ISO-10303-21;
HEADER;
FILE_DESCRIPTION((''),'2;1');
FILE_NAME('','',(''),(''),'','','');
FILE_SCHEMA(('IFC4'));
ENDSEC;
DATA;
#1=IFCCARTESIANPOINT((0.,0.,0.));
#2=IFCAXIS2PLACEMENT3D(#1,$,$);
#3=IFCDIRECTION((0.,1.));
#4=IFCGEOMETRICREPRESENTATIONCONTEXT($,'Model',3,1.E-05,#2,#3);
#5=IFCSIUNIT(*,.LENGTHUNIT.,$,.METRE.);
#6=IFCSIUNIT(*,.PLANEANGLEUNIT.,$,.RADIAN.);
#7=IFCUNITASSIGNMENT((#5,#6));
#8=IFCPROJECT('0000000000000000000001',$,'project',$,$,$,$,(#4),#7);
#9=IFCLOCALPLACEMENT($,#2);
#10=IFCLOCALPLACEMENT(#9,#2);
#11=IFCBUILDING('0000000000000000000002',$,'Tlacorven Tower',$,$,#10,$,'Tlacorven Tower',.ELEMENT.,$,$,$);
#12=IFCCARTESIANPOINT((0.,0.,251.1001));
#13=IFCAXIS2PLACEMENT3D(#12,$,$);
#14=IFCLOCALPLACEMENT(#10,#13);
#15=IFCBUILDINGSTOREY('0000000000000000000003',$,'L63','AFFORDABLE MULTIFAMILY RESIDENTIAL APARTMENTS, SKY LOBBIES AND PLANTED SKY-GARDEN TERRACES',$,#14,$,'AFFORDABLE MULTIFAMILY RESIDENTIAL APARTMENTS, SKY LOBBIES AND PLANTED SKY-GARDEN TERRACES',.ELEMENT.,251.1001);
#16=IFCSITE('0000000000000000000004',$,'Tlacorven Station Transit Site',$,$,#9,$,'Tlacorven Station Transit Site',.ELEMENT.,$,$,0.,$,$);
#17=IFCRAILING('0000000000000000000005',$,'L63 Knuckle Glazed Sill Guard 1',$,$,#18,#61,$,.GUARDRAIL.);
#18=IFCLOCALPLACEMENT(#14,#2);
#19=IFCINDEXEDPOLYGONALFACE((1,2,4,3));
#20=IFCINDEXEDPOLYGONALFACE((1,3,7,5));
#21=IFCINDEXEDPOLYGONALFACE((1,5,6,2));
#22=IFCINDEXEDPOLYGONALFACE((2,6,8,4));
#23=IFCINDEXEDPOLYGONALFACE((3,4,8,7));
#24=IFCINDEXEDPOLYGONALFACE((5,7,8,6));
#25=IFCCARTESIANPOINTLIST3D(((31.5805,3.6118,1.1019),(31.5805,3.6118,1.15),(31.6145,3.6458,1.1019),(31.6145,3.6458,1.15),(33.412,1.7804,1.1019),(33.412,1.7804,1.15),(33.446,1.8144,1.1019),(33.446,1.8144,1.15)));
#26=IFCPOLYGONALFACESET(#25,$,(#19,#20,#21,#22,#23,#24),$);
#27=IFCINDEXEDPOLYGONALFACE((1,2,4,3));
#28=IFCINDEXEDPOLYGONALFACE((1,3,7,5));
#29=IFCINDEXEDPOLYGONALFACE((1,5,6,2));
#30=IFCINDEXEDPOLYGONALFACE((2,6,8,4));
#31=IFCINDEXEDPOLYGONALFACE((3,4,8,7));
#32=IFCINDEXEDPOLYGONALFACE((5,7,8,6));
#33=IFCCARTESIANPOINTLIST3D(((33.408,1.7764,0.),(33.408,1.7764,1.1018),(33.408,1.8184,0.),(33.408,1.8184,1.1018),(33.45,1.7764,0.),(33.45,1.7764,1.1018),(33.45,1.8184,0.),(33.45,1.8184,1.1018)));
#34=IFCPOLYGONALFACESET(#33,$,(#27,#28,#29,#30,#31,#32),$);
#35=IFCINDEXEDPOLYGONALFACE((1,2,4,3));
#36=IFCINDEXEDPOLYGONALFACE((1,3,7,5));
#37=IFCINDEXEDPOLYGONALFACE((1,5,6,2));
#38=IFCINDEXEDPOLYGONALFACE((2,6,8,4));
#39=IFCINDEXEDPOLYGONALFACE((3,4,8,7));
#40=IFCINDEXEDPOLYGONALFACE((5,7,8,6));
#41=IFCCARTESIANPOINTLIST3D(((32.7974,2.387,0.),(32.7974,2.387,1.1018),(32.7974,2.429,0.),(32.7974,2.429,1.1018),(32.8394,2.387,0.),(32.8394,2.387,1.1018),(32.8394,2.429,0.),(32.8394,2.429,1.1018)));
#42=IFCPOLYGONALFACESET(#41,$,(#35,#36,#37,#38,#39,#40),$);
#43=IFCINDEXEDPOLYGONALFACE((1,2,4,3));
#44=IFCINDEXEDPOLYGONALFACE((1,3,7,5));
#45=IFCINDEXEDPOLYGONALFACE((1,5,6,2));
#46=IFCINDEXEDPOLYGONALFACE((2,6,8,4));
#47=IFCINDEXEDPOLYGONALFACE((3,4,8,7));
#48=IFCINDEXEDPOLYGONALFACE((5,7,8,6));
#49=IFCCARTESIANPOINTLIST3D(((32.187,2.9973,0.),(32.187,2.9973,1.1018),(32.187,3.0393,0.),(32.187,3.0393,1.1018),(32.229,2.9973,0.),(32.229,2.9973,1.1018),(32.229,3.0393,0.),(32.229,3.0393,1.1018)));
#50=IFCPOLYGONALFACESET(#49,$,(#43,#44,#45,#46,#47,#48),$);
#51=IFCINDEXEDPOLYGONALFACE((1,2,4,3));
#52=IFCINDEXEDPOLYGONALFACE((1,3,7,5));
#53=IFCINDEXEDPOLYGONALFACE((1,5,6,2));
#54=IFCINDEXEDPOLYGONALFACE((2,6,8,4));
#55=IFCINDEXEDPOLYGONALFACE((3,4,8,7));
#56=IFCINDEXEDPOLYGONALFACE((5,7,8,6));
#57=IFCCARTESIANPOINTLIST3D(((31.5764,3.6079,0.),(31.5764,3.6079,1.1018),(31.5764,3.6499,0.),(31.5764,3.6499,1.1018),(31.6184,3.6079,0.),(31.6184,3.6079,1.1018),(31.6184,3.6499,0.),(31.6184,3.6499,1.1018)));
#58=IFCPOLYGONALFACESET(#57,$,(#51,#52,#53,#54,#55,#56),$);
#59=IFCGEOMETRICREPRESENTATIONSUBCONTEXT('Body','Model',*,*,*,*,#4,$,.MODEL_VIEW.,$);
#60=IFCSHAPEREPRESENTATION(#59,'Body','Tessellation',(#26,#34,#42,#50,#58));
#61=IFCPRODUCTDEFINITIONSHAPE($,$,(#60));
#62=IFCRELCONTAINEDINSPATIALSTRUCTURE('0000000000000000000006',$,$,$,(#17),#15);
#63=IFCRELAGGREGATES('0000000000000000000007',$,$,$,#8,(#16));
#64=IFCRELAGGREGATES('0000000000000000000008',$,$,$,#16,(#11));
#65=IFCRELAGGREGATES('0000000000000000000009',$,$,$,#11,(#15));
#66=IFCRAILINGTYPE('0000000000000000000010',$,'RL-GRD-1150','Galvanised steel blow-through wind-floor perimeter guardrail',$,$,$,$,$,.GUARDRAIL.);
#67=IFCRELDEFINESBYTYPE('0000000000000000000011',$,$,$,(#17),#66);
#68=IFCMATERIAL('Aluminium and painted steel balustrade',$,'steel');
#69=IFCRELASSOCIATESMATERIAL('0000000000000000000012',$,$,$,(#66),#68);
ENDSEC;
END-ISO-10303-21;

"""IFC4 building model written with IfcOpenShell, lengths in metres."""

from ifc_helpers import new_model, si_unit, direction, frame, origin, origin_2d, place, context, subcontext, project, spatial, rectangle, extrude, source, transform, mapped, material, type_object, element, save


model = new_model("IFC4")

# Units and contexts
model_context = context("Model", 3, precision=1e-05, world=origin(), true_north=direction((0.0, 1.0)))
body_context = subcontext(model_context, "Body", "Model", "MODEL_VIEW")
ifc_project = project(units=[si_unit("LENGTHUNIT", "METRE"), si_unit("PLANEANGLEUNIT", "RADIAN")], contexts=[model_context])

# Site, building, storey
site_placement = place(None, origin())
site = spatial("IfcSite", under=ifc_project, at=site_placement, Name="Tlacorven Station Transit Site", LongName="Tlacorven Station Transit Site", CompositionType="ELEMENT", RefElevation=0.0)
building_placement = place(site_placement, origin())
building = spatial("IfcBuilding", under=site, at=building_placement, Name="Tlacorven Tower", LongName="Tlacorven Tower", CompositionType="ELEMENT")
storey_placement = place(building_placement, frame((0.0, 0.0, 251.1001)))
storey = spatial("IfcBuildingStorey", under=building, at=storey_placement, Name="L63", Description="AFFORDABLE MULTIFAMILY RESIDENTIAL APARTMENTS, SKY LOBBIES AND PLANTED SKY-GARDEN TERRACES", LongName="AFFORDABLE MULTIFAMILY RESIDENTIAL APARTMENTS, SKY LOBBIES AND PLANTED SKY-GARDEN TERRACES", CompositionType="ELEMENT", Elevation=251.1001)

# Railing
ifc_material_1 = material(Name="Aluminium and painted steel balustrade", Category="steel")
railing_type = type_object("IfcRailingType", Name="RL-GRD-1150", Description="Galvanised steel blow-through wind-floor perimeter guardrail", PredefinedType="GUARDRAIL", material=ifc_material_1)
shared_shape_1 = source(origin(), body_context, "Body", "SweptSolid", [
    extrude(rectangle(XDim=0.0481, YDim=0.0481, at=origin_2d()), frame((0.0, 0.0, 1.126), z_axis=(-0.707107, 0.707107, 0.0), x_axis=(-0.707107, -0.707107, 0.0)), (0.0, 0.0, 1.0), 2.5901),
    extrude(rectangle(XDim=0.042, YDim=0.042, at=origin_2d()), origin(), (0.0, 0.0, 1.0), 1.1018),
    extrude(rectangle(XDim=0.042, YDim=0.042, at=origin_2d()), frame((-0.6106, 0.6106, 0.0)), (0.0, 0.0, 1.0), 1.1018),
    extrude(rectangle(XDim=0.042, YDim=0.042, at=origin_2d()), frame((-1.2209, 1.2209, 0.0)), (0.0, 0.0, 1.0), 1.1018),
    extrude(rectangle(XDim=0.042, YDim=0.042, at=origin_2d()), frame((-1.8315, 1.8315, 0.0)), (0.0, 0.0, 1.0), 1.1018),
])
railing_placement = place(storey_placement, frame((33.429, 1.7974, 0.0)))
element("IfcRailing", 1, at=railing_placement, inside=storey, type_object=railing_type, Name="L63 Knuckle Glazed Sill Guard 1", PredefinedType="GUARDRAIL", context=body_context, shape_type="MappedRepresentation", body=[
    mapped(shared_shape_1, transform((0.0, 0.0, 0.0), scale=1.0)),
])

save(model, "model.ifc")
